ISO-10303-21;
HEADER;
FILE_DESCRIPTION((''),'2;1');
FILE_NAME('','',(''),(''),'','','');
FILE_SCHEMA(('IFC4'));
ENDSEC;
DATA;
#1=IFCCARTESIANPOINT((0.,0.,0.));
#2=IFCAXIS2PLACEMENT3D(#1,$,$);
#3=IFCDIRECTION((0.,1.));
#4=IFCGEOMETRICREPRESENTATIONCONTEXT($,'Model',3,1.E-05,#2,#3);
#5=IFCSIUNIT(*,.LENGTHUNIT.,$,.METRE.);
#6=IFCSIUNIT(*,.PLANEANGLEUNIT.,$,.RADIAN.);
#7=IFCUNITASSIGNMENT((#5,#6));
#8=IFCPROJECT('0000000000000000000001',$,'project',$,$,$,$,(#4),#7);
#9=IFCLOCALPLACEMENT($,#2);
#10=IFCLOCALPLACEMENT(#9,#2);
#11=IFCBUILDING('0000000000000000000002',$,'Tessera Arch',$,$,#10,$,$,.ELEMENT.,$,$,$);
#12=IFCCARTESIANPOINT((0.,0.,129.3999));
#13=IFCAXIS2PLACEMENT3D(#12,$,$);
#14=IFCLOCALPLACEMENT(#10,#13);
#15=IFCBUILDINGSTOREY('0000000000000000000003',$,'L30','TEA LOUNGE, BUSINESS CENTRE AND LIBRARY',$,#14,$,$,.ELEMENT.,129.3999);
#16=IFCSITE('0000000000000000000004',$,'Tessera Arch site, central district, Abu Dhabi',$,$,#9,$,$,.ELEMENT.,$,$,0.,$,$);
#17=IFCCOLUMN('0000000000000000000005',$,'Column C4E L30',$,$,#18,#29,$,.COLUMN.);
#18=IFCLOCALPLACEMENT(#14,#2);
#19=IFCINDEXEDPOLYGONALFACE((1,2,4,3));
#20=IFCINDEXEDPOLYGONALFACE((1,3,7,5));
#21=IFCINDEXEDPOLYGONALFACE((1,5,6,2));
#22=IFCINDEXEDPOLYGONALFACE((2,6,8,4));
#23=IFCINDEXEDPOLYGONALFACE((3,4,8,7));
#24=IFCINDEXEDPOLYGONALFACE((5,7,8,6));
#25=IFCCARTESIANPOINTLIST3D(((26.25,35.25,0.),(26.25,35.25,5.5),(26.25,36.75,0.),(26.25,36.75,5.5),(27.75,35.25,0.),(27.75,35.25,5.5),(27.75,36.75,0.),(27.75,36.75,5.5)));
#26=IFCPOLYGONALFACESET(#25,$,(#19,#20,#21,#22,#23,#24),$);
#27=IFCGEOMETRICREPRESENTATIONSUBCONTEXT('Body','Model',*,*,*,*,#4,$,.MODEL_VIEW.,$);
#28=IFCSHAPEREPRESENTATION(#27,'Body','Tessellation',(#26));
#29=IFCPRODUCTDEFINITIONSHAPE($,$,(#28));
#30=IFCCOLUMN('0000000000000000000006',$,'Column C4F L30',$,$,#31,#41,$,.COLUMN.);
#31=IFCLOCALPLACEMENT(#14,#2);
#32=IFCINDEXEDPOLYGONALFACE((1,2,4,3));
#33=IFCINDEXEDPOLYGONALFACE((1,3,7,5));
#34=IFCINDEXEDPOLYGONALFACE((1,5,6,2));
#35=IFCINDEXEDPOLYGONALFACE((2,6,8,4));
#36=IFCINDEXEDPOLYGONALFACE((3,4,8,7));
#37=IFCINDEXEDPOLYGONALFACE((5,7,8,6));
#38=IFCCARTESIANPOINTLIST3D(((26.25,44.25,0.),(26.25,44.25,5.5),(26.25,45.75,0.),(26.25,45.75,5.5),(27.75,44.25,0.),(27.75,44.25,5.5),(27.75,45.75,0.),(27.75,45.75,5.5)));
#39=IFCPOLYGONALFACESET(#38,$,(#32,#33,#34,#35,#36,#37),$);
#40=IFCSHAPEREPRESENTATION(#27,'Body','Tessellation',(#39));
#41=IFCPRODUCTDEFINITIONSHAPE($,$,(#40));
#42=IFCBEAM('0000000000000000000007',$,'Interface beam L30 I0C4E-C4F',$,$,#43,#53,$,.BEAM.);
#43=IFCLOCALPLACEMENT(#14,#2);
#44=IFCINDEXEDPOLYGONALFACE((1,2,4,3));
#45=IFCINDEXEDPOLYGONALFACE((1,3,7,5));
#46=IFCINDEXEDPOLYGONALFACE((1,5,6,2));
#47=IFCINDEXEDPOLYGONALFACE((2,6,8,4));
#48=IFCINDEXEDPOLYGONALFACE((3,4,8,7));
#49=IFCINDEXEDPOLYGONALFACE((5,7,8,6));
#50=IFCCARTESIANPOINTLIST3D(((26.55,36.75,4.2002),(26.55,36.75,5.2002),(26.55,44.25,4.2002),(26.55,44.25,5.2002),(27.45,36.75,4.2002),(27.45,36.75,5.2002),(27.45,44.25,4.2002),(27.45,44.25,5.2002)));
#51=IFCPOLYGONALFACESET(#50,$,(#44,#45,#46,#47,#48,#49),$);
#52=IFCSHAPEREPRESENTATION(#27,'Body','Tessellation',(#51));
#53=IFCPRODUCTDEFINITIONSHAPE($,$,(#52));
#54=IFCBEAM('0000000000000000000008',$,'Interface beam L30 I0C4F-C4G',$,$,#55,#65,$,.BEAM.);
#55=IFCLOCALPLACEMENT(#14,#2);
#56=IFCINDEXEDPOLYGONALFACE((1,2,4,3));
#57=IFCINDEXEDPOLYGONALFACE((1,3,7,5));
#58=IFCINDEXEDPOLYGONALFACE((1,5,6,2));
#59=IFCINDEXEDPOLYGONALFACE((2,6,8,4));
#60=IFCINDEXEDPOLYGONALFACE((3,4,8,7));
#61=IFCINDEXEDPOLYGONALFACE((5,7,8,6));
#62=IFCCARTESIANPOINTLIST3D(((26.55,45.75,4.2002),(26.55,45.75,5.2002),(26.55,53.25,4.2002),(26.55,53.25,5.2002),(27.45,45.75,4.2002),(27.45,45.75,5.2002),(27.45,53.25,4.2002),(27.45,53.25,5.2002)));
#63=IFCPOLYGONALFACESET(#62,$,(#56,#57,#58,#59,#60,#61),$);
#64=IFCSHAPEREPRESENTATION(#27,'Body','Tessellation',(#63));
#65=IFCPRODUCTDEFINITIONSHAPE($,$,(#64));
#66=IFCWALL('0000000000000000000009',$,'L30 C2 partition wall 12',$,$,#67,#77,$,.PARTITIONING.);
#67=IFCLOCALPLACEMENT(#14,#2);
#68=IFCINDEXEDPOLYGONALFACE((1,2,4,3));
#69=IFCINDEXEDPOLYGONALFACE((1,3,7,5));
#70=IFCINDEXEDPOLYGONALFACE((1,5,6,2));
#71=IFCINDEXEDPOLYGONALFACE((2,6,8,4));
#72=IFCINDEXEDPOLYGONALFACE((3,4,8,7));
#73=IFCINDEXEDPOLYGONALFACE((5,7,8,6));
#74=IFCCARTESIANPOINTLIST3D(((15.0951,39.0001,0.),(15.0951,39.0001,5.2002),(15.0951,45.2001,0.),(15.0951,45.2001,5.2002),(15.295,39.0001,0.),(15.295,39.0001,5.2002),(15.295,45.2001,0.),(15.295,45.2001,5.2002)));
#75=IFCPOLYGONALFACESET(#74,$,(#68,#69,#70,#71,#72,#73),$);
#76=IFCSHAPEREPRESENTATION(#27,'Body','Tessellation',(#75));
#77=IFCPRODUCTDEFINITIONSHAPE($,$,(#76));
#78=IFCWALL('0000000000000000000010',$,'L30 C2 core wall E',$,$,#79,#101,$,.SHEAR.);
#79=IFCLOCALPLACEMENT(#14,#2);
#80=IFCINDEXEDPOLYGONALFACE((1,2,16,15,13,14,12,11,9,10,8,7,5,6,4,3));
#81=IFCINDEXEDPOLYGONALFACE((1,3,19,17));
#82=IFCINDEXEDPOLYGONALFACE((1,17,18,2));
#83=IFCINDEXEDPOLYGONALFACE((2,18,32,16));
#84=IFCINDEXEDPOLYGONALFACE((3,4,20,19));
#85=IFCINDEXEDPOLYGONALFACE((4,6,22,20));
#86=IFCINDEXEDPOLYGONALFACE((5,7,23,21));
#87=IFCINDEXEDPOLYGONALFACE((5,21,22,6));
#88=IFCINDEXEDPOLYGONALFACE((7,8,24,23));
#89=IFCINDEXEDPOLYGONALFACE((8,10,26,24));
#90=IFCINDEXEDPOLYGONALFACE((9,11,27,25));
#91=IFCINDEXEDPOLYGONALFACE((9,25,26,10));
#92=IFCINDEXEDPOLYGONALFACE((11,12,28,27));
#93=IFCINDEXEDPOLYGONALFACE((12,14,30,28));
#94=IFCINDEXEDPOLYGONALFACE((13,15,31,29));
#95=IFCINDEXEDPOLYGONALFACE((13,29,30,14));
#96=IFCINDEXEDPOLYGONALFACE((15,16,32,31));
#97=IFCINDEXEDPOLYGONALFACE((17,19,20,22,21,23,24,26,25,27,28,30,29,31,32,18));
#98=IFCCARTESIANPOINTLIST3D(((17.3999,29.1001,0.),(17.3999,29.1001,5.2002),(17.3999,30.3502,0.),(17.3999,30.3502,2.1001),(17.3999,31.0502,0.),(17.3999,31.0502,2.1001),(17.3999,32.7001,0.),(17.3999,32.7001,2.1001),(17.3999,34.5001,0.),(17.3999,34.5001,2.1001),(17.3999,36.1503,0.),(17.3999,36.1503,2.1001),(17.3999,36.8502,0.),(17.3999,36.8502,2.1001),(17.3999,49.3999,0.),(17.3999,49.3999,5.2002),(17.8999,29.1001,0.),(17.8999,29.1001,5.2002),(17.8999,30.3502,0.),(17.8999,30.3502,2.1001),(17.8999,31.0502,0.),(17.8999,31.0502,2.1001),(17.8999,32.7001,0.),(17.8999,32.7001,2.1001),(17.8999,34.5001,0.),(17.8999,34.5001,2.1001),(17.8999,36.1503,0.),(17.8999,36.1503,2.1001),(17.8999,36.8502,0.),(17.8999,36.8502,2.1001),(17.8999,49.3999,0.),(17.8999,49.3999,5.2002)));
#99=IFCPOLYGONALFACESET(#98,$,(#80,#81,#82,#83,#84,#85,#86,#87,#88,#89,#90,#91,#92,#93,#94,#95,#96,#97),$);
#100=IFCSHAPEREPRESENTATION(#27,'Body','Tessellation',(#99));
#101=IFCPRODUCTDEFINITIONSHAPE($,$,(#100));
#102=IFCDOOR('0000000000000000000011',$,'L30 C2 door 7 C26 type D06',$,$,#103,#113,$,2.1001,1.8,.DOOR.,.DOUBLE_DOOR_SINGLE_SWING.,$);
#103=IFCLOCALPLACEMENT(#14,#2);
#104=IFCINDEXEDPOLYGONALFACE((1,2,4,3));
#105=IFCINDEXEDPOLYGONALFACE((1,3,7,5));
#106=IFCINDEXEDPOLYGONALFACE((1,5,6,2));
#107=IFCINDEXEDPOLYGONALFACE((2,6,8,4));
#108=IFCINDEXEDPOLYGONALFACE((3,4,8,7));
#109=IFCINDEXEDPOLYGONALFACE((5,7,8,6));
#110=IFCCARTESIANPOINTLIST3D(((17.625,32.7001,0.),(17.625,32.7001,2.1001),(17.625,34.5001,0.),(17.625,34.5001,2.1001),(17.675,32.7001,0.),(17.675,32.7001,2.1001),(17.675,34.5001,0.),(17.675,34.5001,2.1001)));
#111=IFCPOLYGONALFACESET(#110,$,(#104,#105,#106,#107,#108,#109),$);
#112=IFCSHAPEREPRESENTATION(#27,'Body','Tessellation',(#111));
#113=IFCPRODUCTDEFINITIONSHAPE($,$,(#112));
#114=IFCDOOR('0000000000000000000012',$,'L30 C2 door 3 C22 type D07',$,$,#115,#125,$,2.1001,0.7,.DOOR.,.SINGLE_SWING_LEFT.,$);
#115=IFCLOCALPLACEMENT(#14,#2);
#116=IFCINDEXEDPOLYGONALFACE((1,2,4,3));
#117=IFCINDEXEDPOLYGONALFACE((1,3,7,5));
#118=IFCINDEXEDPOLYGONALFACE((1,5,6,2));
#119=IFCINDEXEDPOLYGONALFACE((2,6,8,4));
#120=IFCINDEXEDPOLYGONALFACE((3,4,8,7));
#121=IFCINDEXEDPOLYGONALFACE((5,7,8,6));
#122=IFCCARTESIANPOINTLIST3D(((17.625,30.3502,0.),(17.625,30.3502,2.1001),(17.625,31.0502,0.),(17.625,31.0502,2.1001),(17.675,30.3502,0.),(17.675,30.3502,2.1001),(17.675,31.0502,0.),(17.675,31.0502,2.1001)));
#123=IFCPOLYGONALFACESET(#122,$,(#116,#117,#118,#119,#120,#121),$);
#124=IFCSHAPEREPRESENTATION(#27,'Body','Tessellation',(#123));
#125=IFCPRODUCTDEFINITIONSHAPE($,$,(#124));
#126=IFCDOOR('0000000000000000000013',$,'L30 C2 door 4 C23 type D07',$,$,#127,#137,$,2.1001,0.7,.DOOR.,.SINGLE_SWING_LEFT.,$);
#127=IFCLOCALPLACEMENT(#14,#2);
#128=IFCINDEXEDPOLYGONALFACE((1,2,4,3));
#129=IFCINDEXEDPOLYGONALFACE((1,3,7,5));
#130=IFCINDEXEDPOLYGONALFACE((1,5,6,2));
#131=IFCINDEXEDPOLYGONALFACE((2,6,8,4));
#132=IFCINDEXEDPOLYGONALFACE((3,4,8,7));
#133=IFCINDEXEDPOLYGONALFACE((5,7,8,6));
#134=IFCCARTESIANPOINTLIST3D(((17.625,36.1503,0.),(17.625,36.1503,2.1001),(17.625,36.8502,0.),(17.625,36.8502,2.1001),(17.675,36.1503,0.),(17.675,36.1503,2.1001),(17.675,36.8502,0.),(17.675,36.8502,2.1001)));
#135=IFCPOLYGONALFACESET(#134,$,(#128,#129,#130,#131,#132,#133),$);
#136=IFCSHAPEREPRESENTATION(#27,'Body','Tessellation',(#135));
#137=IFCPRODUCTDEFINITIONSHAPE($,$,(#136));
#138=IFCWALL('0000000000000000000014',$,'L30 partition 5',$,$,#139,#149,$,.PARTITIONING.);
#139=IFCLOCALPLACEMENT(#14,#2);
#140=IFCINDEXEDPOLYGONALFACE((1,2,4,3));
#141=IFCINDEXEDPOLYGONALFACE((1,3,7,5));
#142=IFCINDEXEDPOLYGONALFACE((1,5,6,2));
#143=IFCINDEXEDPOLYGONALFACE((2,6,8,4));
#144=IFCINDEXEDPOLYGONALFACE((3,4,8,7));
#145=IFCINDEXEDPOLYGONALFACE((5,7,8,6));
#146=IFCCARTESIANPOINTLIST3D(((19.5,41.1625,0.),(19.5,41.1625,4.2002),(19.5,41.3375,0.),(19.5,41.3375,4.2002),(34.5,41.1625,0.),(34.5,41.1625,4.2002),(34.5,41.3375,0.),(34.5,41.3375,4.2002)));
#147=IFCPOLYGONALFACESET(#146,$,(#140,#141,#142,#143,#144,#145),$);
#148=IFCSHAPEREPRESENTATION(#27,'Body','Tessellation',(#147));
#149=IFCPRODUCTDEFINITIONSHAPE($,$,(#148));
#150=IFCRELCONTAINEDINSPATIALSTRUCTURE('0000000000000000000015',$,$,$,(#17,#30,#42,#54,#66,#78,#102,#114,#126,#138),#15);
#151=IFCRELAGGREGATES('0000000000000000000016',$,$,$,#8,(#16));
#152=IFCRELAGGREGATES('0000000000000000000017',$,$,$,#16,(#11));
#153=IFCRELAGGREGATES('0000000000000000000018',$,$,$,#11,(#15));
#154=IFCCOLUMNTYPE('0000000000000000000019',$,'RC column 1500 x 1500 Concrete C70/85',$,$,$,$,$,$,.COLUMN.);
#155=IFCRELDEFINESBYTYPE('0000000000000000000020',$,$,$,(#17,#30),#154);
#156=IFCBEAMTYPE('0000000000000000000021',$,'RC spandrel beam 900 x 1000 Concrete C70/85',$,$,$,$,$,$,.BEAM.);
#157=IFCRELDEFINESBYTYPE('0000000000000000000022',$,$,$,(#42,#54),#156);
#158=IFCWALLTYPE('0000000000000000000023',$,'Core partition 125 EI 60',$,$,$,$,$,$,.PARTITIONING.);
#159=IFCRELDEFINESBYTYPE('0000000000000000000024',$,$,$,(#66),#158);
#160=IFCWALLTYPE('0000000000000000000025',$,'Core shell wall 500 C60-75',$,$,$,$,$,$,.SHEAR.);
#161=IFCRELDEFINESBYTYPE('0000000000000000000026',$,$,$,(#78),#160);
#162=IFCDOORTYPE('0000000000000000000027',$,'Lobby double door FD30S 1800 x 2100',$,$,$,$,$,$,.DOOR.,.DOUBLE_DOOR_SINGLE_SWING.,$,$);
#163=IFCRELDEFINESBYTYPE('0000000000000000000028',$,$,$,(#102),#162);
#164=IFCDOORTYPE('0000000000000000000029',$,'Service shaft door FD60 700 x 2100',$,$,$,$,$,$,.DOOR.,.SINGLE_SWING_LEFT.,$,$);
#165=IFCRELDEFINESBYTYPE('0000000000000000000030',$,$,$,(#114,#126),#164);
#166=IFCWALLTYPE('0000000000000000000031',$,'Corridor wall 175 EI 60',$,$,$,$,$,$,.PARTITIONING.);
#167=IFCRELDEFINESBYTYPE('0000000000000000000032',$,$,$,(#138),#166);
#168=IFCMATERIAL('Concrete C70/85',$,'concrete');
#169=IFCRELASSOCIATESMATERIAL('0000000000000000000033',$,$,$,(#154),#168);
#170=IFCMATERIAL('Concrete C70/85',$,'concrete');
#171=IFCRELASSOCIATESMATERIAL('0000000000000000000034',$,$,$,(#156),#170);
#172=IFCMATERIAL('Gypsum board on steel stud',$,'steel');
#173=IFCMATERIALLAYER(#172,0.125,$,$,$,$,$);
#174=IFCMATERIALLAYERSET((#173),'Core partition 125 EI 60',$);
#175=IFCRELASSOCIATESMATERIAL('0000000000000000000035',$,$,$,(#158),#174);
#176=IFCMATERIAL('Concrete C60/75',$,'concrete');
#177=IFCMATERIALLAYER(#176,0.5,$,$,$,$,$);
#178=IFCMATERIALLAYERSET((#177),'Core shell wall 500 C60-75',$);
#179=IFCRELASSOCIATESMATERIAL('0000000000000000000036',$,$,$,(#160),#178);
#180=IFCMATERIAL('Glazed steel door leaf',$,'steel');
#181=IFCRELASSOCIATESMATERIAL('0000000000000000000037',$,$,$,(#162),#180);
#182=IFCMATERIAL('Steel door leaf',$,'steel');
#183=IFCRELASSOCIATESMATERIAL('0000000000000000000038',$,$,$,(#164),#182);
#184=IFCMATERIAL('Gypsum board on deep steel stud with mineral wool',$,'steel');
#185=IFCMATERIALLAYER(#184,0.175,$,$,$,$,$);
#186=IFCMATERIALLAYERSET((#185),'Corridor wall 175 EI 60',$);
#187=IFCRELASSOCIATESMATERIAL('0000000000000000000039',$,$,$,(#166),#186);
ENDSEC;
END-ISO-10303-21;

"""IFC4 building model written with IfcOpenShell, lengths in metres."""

from ifc_helpers import new_model, si_unit, direction, frame, frame_2d, origin, origin_2d, place, context, subcontext, project, spatial, rectangle, extrude, material, layer, layer_set, material_profile, profile_set, type_object, element, fill, save


model = new_model("IFC4")

# Units and contexts
model_context = context("Model", 3, precision=1e-05, world=origin(), true_north=direction((0.0, 1.0)))
body_context = subcontext(model_context, "Body", "Model", "MODEL_VIEW")
ifc_project = project(units=[si_unit("LENGTHUNIT", "METRE"), si_unit("PLANEANGLEUNIT", "RADIAN")], contexts=[model_context])

# Site, building, storey
site_placement = place(None, origin())
site = spatial("IfcSite", under=ifc_project, at=site_placement, Name="Tessera Arch site, central district, Abu Dhabi", CompositionType="ELEMENT", RefElevation=0.0)
building_placement = place(site_placement, origin())
building = spatial("IfcBuilding", under=site, at=building_placement, Name="Tessera Arch", CompositionType="ELEMENT")
storey_placement = place(building_placement, frame((0.0, 0.0, 129.3999)))
storey = spatial("IfcBuildingStorey", under=building, at=storey_placement, Name="L30", Description="TEA LOUNGE, BUSINESS CENTRE AND LIBRARY", CompositionType="ELEMENT", Elevation=129.3999)

# Columns
ifc_material_1 = material(Name="Concrete C70/85", Category="concrete")
ifc_material_profile_1 = material_profile(ifc_material_1, rectangle(XDim=1.5, YDim=1.5, at=origin_2d()), Name="RC column 1500 x 1500 Concrete C70/85")
ifc_profile_set_1 = profile_set([ifc_material_profile_1], Name="Concrete C70/85")
column_type = type_object("IfcColumnType", Name="RC column 1500 x 1500 Concrete C70/85", PredefinedType="COLUMN", material=ifc_profile_set_1)
for number, where, z_axis, x_axis, name in (
    (1, (27.0, 36.0, 0.0), (0.0, 0.0, 1.0), (1.0, 0.0, 0.0), "Column C4E L30"),
    (2, (27.0, 45.0, 0.0), (0.0, 0.0, 1.0), (1.0, 0.0, 0.0), "Column C4F L30"),
):
    element("IfcColumn", number, at=place(storey_placement, frame(where, z_axis=z_axis, x_axis=x_axis)), inside=storey, type_object=column_type, Name=name, PredefinedType="COLUMN", context=body_context, shape_type="SweptSolid", body=[
        extrude(rectangle(XDim=1.5, YDim=1.5, at=origin_2d()), origin(), (0.0, 0.0, 1.0), 5.5),
    ])

# Beams
ifc_material_2 = material(Name="Concrete C70/85", Category="concrete")
ifc_material_profile_2 = material_profile(ifc_material_2, rectangle(XDim=0.8999, YDim=1.0, at=origin_2d()), Name="RC spandrel beam 900 x 1000 Concrete C70/85")
ifc_profile_set_2 = profile_set([ifc_material_profile_2], Name="Concrete C70/85")
beam_type = type_object("IfcBeamType", Name="RC spandrel beam 900 x 1000 Concrete C70/85", PredefinedType="BEAM", material=ifc_profile_set_2)
for number, where, z_axis, x_axis, name in (
    (3, (27.0, 36.75, 4.7002), (0.0, 1.0, 0.0), (-1.0, 0.0, 0.0), "Interface beam L30 I0C4E-C4F"),
    (4, (27.0, 45.75, 4.7002), (0.0, 1.0, 0.0), (-1.0, 0.0, 0.0), "Interface beam L30 I0C4F-C4G"),
):
    element("IfcBeam", number, at=place(storey_placement, frame(where, z_axis=z_axis, x_axis=x_axis)), inside=storey, type_object=beam_type, Name=name, PredefinedType="BEAM", context=body_context, shape_type="SweptSolid", body=[
        extrude(rectangle(XDim=0.8999, YDim=1.0, at=origin_2d()), origin(), (0.0, 0.0, 1.0), 7.5),
    ])

# Wall
ifc_material_3 = material(Name="Gypsum board on steel stud", Category="steel")
ifc_layer_1 = layer(ifc_material_3, 0.125)
ifc_layer_set_1 = layer_set([ifc_layer_1], Name="Core partition 125 EI 60")
wall_type_1 = type_object("IfcWallType", Name="Core partition 125 EI 60", PredefinedType="PARTITIONING", material=ifc_layer_set_1)
wall_1_placement = place(storey_placement, frame((15.1951, 39.0, 0.0), z_axis=(0.0, 0.0, 1.0), x_axis=(0.0, 1.0, 0.0)))
element("IfcWall", 5, at=wall_1_placement, inside=storey, type_object=wall_type_1, Name="L30 C2 partition wall 12", PredefinedType="PARTITIONING", context=body_context, shape_type="SweptSolid", body=[
    extrude(rectangle(XDim=6.2, YDim=0.2, at=frame_2d((3.1001, 0.0))), origin(), (0.0, 0.0, 1.0), 5.2002),
])

# Wall, openings, doors
ifc_material_4 = material(Name="Concrete C60/75", Category="concrete")
ifc_layer_2 = layer(ifc_material_4, 0.5)
ifc_layer_set_2 = layer_set([ifc_layer_2], Name="Core shell wall 500 C60-75")
wall_type_2 = type_object("IfcWallType", Name="Core shell wall 500 C60-75", PredefinedType="SHEAR", material=ifc_layer_set_2)
wall_2_placement = place(storey_placement, frame((17.6499, 29.1001, 0.0), z_axis=(0.0, 0.0, 1.0), x_axis=(0.0, 1.0, 0.0)))
wall_2 = element("IfcWall", 6, at=wall_2_placement, inside=storey, type_object=wall_type_2, Name="L30 C2 core wall E", PredefinedType="SHEAR", context=body_context, shape_type="SweptSolid", body=[
    extrude(rectangle(XDim=20.2998, YDim=0.5, at=frame_2d((10.1499, 0.0))), origin(), (0.0, 0.0, 1.0), 5.2002),
])
opening_1_placement = place(wall_2_placement, frame((1.25, 0.0, 0.0)))
opening_1 = element("IfcOpeningElement", 7, at=opening_1_placement, cuts=wall_2, PredefinedType="OPENING", context=body_context, shape_type="SweptSolid", body=[
    extrude(rectangle(XDim=0.7, YDim=2.1001, at=frame_2d((0.3501, 1.05))), frame((0.0, 0.26, 0.0), z_axis=(0.0, -1.0, 0.0), x_axis=(1.0, 0.0, 0.0)), (0.0, 0.0, 1.0), 0.52),
])
opening_2_placement = place(wall_2_placement, frame((7.05, 0.0, 0.0)))
opening_2 = element("IfcOpeningElement", 8, at=opening_2_placement, cuts=wall_2, PredefinedType="OPENING", context=body_context, shape_type="SweptSolid", body=[
    extrude(rectangle(XDim=0.7, YDim=2.1001, at=frame_2d((0.3501, 1.05))), frame((0.0, 0.26, 0.0), z_axis=(0.0, -1.0, 0.0), x_axis=(1.0, 0.0, 0.0)), (0.0, 0.0, 1.0), 0.52),
])
opening_3_placement = place(wall_2_placement, frame((3.6001, 0.0, 0.0)))
opening_3 = element("IfcOpeningElement", 9, at=opening_3_placement, cuts=wall_2, PredefinedType="OPENING", context=body_context, shape_type="SweptSolid", body=[
    extrude(rectangle(XDim=1.8, YDim=2.1001, at=frame_2d((0.8999, 1.05))), frame((0.0, 0.26, 0.0), z_axis=(0.0, -1.0, 0.0), x_axis=(1.0, 0.0, 0.0)), (0.0, 0.0, 1.0), 0.52),
])
ifc_material_5 = material(Name="Glazed steel door leaf", Category="steel")
door_type_1 = type_object("IfcDoorType", Name="Lobby double door FD30S 1800 x 2100", OperationType="DOUBLE_DOOR_SINGLE_SWING", PredefinedType="DOOR", material=ifc_material_5)
door_1_placement = place(opening_3_placement, origin())
door_1 = element("IfcDoor", 10, at=door_1_placement, inside=storey, type_object=door_type_1, Name="L30 C2 door 7 C26 type D06", OperationType="DOUBLE_DOOR_SINGLE_SWING", OverallHeight=2.1001, OverallWidth=1.8, PredefinedType="DOOR", context=body_context, shape_type="SweptSolid", body=[
    extrude(rectangle(XDim=1.8, YDim=2.1001, at=frame_2d((0.8999, 1.05))), frame((0.0, 0.0249, 0.0), z_axis=(0.0, -1.0, 0.0), x_axis=(1.0, 0.0, 0.0)), (0.0, 0.0, 1.0), 0.05),
])
fill(opening_3, door_1)
ifc_material_6 = material(Name="Steel door leaf", Category="steel")
door_type_2 = type_object("IfcDoorType", Name="Service shaft door FD60 700 x 2100", OperationType="SINGLE_SWING_LEFT", PredefinedType="DOOR", material=ifc_material_6)
door_2_placement = place(opening_1_placement, origin())
door_2 = element("IfcDoor", 11, at=door_2_placement, inside=storey, type_object=door_type_2, Name="L30 C2 door 3 C22 type D07", OperationType="SINGLE_SWING_LEFT", OverallHeight=2.1001, OverallWidth=0.7, PredefinedType="DOOR", context=body_context, shape_type="SweptSolid", body=[
    extrude(rectangle(XDim=0.7, YDim=2.1001, at=frame_2d((0.3501, 1.05))), frame((0.0, 0.0249, 0.0), z_axis=(0.0, -1.0, 0.0), x_axis=(1.0, 0.0, 0.0)), (0.0, 0.0, 1.0), 0.05),
])
fill(opening_1, door_2)
door_3_placement = place(opening_2_placement, origin())
door_3 = element("IfcDoor", 12, at=door_3_placement, inside=storey, type_object=door_type_2, Name="L30 C2 door 4 C23 type D07", OperationType="SINGLE_SWING_LEFT", OverallHeight=2.1001, OverallWidth=0.7, PredefinedType="DOOR", context=body_context, shape_type="SweptSolid", body=[
    extrude(rectangle(XDim=0.7, YDim=2.1001, at=frame_2d((0.3501, 1.05))), frame((0.0, 0.0249, 0.0), z_axis=(0.0, -1.0, 0.0), x_axis=(1.0, 0.0, 0.0)), (0.0, 0.0, 1.0), 0.05),
])
fill(opening_2, door_3)

# Wall
ifc_material_7 = material(Name="Gypsum board on deep steel stud with mineral wool", Category="steel")
ifc_layer_3 = layer(ifc_material_7, 0.175)
ifc_layer_set_3 = layer_set([ifc_layer_3], Name="Corridor wall 175 EI 60")
wall_type_3 = type_object("IfcWallType", Name="Corridor wall 175 EI 60", PredefinedType="PARTITIONING", material=ifc_layer_set_3)
wall_3_placement = place(storey_placement, frame((19.5, 41.25, 0.0), z_axis=(0.0, 0.0, 1.0), x_axis=(1.0, 0.0, 0.0)))
element("IfcWall", 13, at=wall_3_placement, inside=storey, type_object=wall_type_3, Name="L30 partition 5", PredefinedType="PARTITIONING", context=body_context, shape_type="SweptSolid", body=[
    extrude(rectangle(XDim=15.0, YDim=0.175, at=frame_2d((7.5, 0.0))), origin(), (0.0, 0.0, 1.0), 4.2002),
])

save(model, "model.ifc")
